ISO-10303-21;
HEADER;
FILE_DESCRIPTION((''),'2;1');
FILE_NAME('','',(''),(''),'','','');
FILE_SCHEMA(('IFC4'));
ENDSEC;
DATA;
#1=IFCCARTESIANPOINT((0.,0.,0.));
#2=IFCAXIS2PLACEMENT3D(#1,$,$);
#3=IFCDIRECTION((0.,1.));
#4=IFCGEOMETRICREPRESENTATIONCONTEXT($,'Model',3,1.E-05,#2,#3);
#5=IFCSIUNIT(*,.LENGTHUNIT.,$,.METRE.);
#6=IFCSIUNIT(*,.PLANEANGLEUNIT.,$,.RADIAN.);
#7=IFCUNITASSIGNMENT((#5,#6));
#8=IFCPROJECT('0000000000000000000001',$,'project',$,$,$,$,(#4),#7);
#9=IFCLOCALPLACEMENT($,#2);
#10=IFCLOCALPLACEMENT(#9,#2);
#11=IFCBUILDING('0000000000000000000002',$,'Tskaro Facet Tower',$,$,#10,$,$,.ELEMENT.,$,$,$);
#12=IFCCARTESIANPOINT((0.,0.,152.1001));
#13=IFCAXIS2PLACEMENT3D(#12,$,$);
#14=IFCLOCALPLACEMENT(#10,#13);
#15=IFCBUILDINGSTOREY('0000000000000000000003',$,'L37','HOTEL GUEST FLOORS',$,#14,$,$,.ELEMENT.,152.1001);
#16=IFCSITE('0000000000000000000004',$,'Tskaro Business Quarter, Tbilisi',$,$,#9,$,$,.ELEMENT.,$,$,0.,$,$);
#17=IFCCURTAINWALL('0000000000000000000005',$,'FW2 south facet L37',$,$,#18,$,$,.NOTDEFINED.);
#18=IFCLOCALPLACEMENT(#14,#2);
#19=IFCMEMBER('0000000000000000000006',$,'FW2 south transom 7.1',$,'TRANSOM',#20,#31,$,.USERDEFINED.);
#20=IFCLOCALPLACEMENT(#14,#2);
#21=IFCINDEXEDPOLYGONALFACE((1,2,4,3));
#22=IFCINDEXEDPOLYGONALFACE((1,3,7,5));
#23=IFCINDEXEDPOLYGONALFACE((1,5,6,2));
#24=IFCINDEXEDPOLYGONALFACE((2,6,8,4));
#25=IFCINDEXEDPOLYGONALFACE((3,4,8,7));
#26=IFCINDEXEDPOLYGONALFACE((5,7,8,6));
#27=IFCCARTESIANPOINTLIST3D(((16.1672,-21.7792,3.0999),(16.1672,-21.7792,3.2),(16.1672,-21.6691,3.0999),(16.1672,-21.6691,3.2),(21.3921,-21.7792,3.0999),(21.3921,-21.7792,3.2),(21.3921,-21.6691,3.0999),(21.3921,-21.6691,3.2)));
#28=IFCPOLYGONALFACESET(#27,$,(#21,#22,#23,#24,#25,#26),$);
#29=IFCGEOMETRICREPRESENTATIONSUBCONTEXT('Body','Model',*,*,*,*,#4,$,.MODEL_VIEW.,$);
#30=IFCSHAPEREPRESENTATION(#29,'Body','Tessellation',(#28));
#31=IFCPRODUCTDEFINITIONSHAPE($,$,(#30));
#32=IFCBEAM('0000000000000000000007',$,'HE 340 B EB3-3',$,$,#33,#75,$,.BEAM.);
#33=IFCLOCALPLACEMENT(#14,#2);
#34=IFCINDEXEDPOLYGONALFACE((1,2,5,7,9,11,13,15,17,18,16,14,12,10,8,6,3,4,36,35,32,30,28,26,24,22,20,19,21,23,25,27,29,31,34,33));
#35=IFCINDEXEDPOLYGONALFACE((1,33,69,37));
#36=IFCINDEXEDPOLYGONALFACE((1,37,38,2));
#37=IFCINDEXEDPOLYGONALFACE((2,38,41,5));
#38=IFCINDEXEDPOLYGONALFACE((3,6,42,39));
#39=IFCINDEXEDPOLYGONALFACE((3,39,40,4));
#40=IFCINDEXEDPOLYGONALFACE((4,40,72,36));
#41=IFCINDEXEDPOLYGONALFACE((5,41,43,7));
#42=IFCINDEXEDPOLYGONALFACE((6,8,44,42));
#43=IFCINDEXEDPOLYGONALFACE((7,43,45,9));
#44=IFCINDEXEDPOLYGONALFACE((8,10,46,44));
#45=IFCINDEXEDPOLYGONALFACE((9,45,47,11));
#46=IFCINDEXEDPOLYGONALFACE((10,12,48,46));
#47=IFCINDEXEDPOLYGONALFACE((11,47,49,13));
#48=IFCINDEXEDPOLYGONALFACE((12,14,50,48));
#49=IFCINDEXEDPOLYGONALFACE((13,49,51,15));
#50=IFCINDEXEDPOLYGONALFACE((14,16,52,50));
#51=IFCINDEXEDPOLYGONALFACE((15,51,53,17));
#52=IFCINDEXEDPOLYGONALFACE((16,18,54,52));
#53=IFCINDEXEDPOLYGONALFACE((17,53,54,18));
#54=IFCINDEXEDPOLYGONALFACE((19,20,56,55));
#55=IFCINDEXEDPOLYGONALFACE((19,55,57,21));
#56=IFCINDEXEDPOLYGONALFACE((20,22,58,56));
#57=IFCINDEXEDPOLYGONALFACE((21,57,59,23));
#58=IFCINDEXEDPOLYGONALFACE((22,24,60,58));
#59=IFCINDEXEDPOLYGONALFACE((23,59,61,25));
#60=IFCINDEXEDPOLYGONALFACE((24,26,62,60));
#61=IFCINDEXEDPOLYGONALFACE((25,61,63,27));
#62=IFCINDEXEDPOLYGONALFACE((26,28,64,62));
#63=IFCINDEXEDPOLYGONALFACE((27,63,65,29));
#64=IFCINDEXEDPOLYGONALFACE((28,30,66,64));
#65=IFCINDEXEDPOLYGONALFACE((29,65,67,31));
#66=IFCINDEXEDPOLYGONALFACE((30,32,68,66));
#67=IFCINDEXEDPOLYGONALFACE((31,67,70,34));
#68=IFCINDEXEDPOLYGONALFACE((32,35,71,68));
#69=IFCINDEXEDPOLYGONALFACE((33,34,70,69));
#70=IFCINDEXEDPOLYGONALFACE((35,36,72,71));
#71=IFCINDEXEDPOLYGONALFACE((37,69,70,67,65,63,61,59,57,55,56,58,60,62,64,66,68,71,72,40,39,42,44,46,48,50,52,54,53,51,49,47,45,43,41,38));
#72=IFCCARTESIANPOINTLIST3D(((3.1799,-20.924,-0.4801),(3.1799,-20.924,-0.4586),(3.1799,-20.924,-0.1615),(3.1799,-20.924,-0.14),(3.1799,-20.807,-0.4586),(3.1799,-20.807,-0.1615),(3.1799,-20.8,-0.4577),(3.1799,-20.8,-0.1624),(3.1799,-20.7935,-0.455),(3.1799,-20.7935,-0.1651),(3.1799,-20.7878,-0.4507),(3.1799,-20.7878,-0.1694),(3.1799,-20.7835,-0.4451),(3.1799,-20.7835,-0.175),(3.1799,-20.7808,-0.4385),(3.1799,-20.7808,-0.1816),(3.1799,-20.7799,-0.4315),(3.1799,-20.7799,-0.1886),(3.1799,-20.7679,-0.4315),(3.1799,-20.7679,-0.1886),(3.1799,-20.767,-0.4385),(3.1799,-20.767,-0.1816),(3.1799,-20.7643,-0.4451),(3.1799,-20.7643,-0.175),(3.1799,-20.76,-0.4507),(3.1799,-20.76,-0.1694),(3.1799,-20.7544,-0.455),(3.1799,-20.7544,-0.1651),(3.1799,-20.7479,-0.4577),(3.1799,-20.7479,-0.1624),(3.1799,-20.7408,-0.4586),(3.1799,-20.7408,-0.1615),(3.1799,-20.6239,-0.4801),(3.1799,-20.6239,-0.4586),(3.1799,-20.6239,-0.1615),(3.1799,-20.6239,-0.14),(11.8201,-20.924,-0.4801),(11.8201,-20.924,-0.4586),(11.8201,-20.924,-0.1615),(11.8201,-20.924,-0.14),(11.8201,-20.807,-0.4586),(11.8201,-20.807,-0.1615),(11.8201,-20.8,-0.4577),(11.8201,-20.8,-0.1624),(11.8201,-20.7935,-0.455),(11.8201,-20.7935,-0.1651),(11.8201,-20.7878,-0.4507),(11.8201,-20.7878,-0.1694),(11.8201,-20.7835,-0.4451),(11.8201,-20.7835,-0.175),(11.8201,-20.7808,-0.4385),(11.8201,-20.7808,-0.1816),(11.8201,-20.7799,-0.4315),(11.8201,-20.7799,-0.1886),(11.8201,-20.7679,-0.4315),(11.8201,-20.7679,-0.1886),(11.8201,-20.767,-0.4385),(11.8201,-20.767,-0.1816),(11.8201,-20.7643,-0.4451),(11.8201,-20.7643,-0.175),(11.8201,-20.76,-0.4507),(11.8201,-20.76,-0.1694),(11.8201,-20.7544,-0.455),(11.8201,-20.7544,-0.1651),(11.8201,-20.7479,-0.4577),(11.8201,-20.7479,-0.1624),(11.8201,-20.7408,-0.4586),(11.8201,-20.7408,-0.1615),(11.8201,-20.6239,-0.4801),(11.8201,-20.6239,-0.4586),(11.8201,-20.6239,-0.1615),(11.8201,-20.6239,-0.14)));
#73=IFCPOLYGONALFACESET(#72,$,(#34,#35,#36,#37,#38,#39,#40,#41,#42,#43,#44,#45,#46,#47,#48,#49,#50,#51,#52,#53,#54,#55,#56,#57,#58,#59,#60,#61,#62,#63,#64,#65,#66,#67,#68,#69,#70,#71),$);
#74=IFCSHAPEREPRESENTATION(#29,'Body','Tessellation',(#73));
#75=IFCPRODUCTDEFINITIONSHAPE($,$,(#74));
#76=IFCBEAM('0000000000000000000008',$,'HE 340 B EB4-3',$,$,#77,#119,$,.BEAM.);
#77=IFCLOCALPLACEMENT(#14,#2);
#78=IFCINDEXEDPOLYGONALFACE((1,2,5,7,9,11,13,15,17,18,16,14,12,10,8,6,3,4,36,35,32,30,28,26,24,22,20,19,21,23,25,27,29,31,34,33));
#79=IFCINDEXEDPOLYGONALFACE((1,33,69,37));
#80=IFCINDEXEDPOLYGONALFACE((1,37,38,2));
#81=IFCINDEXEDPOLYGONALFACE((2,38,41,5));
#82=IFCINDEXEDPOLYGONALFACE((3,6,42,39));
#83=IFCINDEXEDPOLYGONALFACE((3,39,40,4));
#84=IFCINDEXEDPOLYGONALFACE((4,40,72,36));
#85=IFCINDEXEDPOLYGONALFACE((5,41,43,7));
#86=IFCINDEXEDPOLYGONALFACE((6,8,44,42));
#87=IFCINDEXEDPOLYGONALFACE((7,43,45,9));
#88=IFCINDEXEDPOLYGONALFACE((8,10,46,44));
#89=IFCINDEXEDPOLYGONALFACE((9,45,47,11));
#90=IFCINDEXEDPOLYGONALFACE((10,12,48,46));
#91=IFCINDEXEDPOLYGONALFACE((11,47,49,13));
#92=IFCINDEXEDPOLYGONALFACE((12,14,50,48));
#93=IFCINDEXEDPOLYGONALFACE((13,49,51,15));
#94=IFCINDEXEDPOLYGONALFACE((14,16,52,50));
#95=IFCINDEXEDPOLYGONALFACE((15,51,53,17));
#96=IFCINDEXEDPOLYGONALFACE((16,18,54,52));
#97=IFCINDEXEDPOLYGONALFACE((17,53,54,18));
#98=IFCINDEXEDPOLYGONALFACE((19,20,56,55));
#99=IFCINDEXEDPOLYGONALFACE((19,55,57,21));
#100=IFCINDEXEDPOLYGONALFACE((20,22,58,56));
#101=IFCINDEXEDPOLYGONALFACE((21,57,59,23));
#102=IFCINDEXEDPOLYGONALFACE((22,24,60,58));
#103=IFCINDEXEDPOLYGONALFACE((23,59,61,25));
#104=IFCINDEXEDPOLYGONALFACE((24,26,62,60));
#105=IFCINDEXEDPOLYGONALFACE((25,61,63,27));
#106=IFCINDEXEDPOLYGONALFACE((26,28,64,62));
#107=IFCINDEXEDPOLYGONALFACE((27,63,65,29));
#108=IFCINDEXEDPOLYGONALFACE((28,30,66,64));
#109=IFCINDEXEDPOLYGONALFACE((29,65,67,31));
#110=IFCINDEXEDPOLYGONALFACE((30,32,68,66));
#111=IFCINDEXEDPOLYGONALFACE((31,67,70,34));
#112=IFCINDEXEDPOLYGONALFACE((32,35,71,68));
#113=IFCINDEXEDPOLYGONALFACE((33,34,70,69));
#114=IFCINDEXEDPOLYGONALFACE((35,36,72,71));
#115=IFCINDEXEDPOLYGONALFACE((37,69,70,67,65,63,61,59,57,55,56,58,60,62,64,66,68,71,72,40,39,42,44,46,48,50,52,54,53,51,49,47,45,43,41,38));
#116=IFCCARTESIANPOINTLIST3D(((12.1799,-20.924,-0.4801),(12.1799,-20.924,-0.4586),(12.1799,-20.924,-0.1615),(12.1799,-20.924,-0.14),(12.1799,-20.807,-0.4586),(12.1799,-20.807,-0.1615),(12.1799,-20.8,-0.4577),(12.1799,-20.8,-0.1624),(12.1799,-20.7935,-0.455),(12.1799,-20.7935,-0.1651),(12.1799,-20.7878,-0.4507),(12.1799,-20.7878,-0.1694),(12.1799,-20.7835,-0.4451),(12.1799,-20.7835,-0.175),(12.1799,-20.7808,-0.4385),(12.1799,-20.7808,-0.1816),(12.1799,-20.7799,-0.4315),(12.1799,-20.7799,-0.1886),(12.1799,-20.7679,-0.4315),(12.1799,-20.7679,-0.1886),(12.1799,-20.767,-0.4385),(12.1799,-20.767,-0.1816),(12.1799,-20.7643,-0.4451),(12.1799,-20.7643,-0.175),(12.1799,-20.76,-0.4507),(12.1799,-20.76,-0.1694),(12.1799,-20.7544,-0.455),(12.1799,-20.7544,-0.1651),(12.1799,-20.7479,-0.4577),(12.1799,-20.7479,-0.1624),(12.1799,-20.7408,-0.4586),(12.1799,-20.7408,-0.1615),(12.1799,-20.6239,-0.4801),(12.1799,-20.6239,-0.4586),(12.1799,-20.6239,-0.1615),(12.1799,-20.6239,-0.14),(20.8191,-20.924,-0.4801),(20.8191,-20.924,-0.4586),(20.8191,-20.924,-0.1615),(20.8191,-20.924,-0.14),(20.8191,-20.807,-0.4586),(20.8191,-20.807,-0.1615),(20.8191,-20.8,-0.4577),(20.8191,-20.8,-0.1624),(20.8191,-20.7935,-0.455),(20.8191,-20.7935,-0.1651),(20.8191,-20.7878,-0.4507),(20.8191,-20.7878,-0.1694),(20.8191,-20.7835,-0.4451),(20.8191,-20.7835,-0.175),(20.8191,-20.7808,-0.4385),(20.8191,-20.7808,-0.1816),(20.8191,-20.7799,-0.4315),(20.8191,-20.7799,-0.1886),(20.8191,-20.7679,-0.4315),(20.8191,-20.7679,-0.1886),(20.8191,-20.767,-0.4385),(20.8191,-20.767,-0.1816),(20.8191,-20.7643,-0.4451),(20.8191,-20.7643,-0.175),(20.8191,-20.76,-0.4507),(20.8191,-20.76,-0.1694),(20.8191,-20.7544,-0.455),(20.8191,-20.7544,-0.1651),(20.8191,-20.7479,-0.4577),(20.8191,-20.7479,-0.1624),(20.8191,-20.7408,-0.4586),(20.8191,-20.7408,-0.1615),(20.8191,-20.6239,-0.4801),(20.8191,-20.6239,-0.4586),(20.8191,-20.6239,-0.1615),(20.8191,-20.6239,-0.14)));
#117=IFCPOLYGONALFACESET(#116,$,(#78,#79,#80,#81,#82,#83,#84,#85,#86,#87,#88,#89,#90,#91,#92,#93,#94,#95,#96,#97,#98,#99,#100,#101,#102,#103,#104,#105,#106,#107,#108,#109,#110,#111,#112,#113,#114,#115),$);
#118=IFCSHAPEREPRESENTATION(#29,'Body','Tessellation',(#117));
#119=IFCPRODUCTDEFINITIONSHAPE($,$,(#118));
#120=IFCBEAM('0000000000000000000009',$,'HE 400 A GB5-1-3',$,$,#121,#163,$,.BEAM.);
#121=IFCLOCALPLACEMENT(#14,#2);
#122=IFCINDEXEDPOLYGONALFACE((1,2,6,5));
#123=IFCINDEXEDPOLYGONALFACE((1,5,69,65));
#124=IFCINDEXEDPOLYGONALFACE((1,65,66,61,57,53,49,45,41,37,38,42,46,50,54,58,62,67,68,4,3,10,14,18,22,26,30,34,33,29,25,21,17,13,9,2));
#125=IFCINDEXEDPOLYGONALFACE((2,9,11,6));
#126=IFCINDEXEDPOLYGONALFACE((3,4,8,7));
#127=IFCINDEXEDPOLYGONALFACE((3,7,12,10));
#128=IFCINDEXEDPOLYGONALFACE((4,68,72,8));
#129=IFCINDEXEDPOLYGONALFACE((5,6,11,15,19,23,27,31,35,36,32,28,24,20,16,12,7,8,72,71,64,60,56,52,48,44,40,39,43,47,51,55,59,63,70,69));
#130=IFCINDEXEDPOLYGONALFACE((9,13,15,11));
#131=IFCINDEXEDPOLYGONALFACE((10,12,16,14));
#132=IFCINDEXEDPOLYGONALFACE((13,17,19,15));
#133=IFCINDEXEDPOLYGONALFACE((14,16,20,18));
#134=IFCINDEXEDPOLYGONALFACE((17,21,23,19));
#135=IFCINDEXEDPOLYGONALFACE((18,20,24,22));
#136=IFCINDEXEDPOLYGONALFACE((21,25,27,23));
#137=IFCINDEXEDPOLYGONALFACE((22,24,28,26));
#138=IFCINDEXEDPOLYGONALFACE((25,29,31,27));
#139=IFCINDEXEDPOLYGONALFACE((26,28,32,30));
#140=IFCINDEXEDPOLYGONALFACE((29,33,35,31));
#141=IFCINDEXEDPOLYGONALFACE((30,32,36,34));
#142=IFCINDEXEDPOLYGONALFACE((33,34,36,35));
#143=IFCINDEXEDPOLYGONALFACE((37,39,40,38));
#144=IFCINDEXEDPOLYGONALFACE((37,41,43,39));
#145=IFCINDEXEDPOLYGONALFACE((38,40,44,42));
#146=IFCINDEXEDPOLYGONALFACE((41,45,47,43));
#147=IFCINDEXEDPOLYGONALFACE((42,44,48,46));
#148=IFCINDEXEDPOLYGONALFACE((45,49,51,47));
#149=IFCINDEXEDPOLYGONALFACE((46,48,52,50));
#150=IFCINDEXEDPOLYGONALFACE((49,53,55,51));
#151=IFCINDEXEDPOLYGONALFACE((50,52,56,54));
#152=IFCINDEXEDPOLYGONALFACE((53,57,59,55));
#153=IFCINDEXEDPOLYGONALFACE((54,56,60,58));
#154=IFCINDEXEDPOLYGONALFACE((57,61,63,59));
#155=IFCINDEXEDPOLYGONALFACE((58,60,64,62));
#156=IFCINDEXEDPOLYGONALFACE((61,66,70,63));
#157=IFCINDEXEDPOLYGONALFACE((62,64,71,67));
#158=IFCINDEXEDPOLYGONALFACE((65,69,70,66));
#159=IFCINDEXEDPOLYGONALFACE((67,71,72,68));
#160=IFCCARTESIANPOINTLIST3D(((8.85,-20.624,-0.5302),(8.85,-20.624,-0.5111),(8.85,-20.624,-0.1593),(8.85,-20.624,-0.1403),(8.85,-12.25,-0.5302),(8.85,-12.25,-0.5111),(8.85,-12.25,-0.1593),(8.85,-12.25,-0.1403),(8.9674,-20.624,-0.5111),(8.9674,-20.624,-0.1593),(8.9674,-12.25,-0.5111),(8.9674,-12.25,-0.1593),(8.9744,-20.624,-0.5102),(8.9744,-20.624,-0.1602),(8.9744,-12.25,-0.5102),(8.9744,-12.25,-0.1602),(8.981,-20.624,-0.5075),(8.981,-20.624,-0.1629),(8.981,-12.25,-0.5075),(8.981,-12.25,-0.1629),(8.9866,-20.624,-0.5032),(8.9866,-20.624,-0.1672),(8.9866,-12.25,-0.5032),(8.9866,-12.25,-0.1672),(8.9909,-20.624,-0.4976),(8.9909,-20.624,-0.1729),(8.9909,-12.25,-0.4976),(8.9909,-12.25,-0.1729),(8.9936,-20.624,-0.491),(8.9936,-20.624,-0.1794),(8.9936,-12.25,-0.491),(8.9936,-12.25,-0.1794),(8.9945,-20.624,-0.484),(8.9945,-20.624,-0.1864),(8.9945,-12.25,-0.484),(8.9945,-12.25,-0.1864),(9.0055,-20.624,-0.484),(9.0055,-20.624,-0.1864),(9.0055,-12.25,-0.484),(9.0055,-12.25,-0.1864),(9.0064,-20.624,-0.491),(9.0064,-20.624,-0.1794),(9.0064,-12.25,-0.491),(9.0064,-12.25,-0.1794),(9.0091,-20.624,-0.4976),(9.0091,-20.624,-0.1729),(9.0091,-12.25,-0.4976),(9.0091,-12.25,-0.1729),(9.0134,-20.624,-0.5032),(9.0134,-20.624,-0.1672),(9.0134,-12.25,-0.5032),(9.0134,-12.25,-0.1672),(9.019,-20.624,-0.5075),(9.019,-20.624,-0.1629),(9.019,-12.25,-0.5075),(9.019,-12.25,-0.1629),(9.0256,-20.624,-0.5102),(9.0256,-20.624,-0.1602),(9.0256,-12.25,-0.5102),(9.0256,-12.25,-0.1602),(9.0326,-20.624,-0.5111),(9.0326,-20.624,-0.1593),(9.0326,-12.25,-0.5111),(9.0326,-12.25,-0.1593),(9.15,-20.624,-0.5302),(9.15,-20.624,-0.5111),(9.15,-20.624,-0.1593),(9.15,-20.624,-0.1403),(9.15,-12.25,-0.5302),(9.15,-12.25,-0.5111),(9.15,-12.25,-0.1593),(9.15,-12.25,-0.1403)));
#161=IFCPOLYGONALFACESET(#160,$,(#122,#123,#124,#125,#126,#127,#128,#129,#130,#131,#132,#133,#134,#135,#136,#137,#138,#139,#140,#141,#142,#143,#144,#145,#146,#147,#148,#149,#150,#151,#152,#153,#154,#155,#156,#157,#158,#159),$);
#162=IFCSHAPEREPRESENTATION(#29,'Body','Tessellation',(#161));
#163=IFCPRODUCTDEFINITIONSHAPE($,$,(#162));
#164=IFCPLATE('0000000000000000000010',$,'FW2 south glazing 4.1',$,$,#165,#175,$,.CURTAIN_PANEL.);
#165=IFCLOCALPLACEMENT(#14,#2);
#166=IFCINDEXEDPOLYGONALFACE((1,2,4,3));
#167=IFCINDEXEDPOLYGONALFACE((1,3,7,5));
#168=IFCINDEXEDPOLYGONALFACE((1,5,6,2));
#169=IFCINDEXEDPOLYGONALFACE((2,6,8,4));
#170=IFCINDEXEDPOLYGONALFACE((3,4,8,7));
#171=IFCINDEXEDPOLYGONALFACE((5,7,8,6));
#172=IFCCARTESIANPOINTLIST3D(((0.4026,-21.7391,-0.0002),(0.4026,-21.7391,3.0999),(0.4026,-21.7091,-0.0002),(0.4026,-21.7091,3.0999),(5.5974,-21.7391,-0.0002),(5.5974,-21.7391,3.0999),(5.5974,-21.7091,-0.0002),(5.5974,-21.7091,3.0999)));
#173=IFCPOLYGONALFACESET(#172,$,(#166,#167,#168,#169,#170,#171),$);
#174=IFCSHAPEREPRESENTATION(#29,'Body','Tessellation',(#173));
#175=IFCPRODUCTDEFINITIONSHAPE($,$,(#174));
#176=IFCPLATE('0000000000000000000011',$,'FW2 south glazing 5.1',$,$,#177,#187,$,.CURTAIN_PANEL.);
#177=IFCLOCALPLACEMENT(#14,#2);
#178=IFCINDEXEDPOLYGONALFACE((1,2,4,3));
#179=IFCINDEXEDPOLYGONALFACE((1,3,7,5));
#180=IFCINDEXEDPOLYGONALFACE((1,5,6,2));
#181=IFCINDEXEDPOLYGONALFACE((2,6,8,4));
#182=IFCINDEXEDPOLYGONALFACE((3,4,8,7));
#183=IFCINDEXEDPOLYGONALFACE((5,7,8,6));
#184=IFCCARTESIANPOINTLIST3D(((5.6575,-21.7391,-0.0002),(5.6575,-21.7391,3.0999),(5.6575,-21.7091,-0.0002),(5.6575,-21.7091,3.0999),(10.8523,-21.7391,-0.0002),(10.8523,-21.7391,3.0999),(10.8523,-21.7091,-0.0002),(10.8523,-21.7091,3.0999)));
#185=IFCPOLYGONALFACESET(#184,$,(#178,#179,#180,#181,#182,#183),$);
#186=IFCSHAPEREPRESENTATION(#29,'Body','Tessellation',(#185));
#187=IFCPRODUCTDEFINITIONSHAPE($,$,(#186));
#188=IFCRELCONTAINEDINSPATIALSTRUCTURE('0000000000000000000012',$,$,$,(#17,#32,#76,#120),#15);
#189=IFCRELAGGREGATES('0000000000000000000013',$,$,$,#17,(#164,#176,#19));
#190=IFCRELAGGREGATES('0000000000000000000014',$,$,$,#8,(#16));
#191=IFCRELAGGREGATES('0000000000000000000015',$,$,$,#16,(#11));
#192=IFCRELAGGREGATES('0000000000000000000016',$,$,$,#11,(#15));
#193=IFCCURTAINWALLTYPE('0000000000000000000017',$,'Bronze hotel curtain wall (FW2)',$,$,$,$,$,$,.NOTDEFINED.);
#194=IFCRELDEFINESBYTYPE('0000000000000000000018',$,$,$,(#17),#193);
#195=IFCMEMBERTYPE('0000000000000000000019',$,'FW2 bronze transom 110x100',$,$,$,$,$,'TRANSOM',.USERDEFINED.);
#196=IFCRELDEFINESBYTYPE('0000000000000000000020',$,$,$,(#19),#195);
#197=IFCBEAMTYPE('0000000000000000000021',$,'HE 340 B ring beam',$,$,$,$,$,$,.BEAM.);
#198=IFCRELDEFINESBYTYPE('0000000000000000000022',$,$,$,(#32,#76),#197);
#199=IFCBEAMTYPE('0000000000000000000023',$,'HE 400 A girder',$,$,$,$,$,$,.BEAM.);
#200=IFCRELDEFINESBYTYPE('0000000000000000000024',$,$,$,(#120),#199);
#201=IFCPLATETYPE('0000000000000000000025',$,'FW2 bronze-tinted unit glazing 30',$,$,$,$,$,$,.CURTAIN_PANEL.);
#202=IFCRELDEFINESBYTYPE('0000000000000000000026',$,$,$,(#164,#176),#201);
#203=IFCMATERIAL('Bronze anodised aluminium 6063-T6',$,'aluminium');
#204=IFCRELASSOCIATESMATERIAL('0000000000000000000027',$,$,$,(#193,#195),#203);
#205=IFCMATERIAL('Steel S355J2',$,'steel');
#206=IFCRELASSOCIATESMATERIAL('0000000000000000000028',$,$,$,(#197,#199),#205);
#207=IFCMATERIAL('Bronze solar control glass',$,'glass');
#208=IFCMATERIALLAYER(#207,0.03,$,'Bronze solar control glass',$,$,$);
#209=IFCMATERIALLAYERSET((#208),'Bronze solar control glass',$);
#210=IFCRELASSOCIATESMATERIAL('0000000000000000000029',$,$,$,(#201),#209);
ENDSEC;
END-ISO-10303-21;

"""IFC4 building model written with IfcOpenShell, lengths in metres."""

from ifc_helpers import new_model, si_unit, direction, frame, origin, origin_2d, place, context, subcontext, project, spatial, rectangle, i_section, extrude, material, layer, layer_set, material_profile, profile_set, type_object, element, aggregate, save


model = new_model("IFC4")

# Units and contexts
model_context = context("Model", 3, precision=1e-05, world=origin(), true_north=direction((0.0, 1.0)))
body_context = subcontext(model_context, "Body", "Model", "MODEL_VIEW")
ifc_project = project(units=[si_unit("LENGTHUNIT", "METRE"), si_unit("PLANEANGLEUNIT", "RADIAN")], contexts=[model_context])

# Site, building, storey
site_placement = place(None, origin())
site = spatial("IfcSite", under=ifc_project, at=site_placement, Name="Tskaro Business Quarter, Tbilisi", CompositionType="ELEMENT", RefElevation=0.0)
building_placement = place(site_placement, origin())
building = spatial("IfcBuilding", under=site, at=building_placement, Name="Tskaro Facet Tower", CompositionType="ELEMENT")
storey_placement = place(building_placement, frame((0.0, 0.0, 152.1001)))
storey = spatial("IfcBuildingStorey", under=building, at=storey_placement, Name="L37", Description="HOTEL GUEST FLOORS", CompositionType="ELEMENT", Elevation=152.1001)

# Curtain wall, member
ifc_material_1 = material(Name="Bronze anodised aluminium 6063-T6", Category="aluminium")
curtain_wall_type = type_object("IfcCurtainWallType", Name="Bronze hotel curtain wall (FW2)", PredefinedType="NOTDEFINED", material=ifc_material_1)
curtain_wall_placement = place(storey_placement, origin())
curtain_wall = element("IfcCurtainWall", 1, at=curtain_wall_placement, inside=storey, type_object=curtain_wall_type, Name="FW2 south facet L37", PredefinedType="NOTDEFINED")
ifc_material_profile_1 = material_profile(ifc_material_1, rectangle(XDim=0.1101, YDim=0.1001, at=origin_2d()), Name="Transom 110x100")
ifc_profile_set_1 = profile_set([ifc_material_profile_1], Name="Bronze anodised aluminium 6063-T6")
member_type_1 = type_object("IfcMemberType", Name="FW2 bronze transom 110x100", ElementType="TRANSOM", PredefinedType="USERDEFINED", material=ifc_profile_set_1)
member_1_placement = place(storey_placement, frame((16.1672, -21.7241, 3.1499), z_axis=(1.0, 0.0, 0.0), x_axis=(0.0, 1.0, 0.0)))
member_1 = element("IfcMember", 2, at=member_1_placement, type_object=member_type_1, Name="FW2 south transom 7.1", ObjectType="TRANSOM", PredefinedType="USERDEFINED", context=body_context, shape_type="SweptSolid", body=[
    extrude(rectangle(XDim=0.1101, YDim=0.1001, at=origin_2d()), origin(), (0.0, 0.0, 1.0), 5.2249),
])

# Beams
ifc_material_2 = material(Name="Steel S355J2", Category="steel")
ifc_material_profile_2 = material_profile(ifc_material_2, i_section(OverallWidth=0.3, OverallDepth=0.3401, WebThickness=0.012, FlangeThickness=0.0215, FilletRadius=0.0271, at=origin_2d()), Name="HE 340 B")
ifc_profile_set_2 = profile_set([ifc_material_profile_2], Name="Steel S355J2")
beam_type_1 = type_object("IfcBeamType", Name="HE 340 B ring beam", PredefinedType="BEAM", material=ifc_profile_set_2)
beam_1_placement = place(storey_placement, frame((3.1799, -20.7739, -0.3101), z_axis=(1.0, 0.0, 0.0), x_axis=(0.0, 1.0, 0.0)))
element("IfcBeam", 3, at=beam_1_placement, inside=storey, type_object=beam_type_1, Name="HE 340 B EB3-3", PredefinedType="BEAM", context=body_context, shape_type="SweptSolid", body=[
    extrude(i_section(OverallWidth=0.3, OverallDepth=0.3401, WebThickness=0.012, FlangeThickness=0.0215, FilletRadius=0.0271, at=origin_2d()), origin(), (0.0, 0.0, 1.0), 8.6401),
])
beam_2_placement = place(storey_placement, frame((12.1799, -20.7739, -0.3101), z_axis=(1.0, 0.0, 0.0), x_axis=(0.0, 1.0, 0.0)))
element("IfcBeam", 4, at=beam_2_placement, inside=storey, type_object=beam_type_1, Name="HE 340 B EB4-3", PredefinedType="BEAM", context=body_context, shape_type="SweptSolid", body=[
    extrude(i_section(OverallWidth=0.3, OverallDepth=0.3401, WebThickness=0.012, FlangeThickness=0.0215, FilletRadius=0.0271, at=origin_2d()), origin(), (0.0, 0.0, 1.0), 8.6392),
])
ifc_material_profile_3 = material_profile(ifc_material_2, i_section(OverallWidth=0.3, OverallDepth=0.3899, WebThickness=0.011, FlangeThickness=0.019, FilletRadius=0.0271, at=origin_2d()), Name="HE 400 A")
ifc_profile_set_3 = profile_set([ifc_material_profile_3], Name="Steel S355J2")
beam_type_2 = type_object("IfcBeamType", Name="HE 400 A girder", PredefinedType="BEAM", material=ifc_profile_set_3)
beam_3_placement = place(storey_placement, frame((9.0, -20.624, -0.3352), z_axis=(0.0, 1.0, 0.0), x_axis=(-1.0, 0.0, 0.0)))
element("IfcBeam", 5, at=beam_3_placement, inside=storey, type_object=beam_type_2, Name="HE 400 A GB5-1-3", PredefinedType="BEAM", context=body_context, shape_type="SweptSolid", body=[
    extrude(i_section(OverallWidth=0.3, OverallDepth=0.3899, WebThickness=0.011, FlangeThickness=0.019, FilletRadius=0.0271, at=origin_2d()), origin(), (0.0, 0.0, 1.0), 8.374),
])

# Plates
ifc_material_3 = material(Name="Bronze solar control glass", Category="glass")
ifc_layer_1 = layer(ifc_material_3, 0.03, Name="Bronze solar control glass")
ifc_layer_set_1 = layer_set([ifc_layer_1], Name="Bronze solar control glass")
plate_type = type_object("IfcPlateType", Name="FW2 bronze-tinted unit glazing 30", PredefinedType="CURTAIN_PANEL", material=ifc_layer_set_1)
plate_1_placement = place(storey_placement, frame((3.0, -21.7241, -0.0002), z_axis=(0.0, 0.0, 1.0), x_axis=(1.0, 0.0, 0.0)))
plate_1 = element("IfcPlate", 6, at=plate_1_placement, type_object=plate_type, Name="FW2 south glazing 4.1", PredefinedType="CURTAIN_PANEL", context=body_context, shape_type="SweptSolid", body=[
    extrude(rectangle(XDim=5.1948, YDim=0.03, at=origin_2d()), origin(), (0.0, 0.0, 1.0), 3.1001),
])
plate_2_placement = place(storey_placement, frame((8.2549, -21.7241, -0.0002), z_axis=(0.0, 0.0, 1.0), x_axis=(1.0, 0.0, 0.0)))
plate_2 = element("IfcPlate", 7, at=plate_2_placement, type_object=plate_type, Name="FW2 south glazing 5.1", PredefinedType="CURTAIN_PANEL", context=body_context, shape_type="SweptSolid", body=[
    extrude(rectangle(XDim=5.1948, YDim=0.03, at=origin_2d()), origin(), (0.0, 0.0, 1.0), 3.1001),
])
aggregate(curtain_wall, [plate_1, plate_2, member_1])

save(model, "model.ifc")
